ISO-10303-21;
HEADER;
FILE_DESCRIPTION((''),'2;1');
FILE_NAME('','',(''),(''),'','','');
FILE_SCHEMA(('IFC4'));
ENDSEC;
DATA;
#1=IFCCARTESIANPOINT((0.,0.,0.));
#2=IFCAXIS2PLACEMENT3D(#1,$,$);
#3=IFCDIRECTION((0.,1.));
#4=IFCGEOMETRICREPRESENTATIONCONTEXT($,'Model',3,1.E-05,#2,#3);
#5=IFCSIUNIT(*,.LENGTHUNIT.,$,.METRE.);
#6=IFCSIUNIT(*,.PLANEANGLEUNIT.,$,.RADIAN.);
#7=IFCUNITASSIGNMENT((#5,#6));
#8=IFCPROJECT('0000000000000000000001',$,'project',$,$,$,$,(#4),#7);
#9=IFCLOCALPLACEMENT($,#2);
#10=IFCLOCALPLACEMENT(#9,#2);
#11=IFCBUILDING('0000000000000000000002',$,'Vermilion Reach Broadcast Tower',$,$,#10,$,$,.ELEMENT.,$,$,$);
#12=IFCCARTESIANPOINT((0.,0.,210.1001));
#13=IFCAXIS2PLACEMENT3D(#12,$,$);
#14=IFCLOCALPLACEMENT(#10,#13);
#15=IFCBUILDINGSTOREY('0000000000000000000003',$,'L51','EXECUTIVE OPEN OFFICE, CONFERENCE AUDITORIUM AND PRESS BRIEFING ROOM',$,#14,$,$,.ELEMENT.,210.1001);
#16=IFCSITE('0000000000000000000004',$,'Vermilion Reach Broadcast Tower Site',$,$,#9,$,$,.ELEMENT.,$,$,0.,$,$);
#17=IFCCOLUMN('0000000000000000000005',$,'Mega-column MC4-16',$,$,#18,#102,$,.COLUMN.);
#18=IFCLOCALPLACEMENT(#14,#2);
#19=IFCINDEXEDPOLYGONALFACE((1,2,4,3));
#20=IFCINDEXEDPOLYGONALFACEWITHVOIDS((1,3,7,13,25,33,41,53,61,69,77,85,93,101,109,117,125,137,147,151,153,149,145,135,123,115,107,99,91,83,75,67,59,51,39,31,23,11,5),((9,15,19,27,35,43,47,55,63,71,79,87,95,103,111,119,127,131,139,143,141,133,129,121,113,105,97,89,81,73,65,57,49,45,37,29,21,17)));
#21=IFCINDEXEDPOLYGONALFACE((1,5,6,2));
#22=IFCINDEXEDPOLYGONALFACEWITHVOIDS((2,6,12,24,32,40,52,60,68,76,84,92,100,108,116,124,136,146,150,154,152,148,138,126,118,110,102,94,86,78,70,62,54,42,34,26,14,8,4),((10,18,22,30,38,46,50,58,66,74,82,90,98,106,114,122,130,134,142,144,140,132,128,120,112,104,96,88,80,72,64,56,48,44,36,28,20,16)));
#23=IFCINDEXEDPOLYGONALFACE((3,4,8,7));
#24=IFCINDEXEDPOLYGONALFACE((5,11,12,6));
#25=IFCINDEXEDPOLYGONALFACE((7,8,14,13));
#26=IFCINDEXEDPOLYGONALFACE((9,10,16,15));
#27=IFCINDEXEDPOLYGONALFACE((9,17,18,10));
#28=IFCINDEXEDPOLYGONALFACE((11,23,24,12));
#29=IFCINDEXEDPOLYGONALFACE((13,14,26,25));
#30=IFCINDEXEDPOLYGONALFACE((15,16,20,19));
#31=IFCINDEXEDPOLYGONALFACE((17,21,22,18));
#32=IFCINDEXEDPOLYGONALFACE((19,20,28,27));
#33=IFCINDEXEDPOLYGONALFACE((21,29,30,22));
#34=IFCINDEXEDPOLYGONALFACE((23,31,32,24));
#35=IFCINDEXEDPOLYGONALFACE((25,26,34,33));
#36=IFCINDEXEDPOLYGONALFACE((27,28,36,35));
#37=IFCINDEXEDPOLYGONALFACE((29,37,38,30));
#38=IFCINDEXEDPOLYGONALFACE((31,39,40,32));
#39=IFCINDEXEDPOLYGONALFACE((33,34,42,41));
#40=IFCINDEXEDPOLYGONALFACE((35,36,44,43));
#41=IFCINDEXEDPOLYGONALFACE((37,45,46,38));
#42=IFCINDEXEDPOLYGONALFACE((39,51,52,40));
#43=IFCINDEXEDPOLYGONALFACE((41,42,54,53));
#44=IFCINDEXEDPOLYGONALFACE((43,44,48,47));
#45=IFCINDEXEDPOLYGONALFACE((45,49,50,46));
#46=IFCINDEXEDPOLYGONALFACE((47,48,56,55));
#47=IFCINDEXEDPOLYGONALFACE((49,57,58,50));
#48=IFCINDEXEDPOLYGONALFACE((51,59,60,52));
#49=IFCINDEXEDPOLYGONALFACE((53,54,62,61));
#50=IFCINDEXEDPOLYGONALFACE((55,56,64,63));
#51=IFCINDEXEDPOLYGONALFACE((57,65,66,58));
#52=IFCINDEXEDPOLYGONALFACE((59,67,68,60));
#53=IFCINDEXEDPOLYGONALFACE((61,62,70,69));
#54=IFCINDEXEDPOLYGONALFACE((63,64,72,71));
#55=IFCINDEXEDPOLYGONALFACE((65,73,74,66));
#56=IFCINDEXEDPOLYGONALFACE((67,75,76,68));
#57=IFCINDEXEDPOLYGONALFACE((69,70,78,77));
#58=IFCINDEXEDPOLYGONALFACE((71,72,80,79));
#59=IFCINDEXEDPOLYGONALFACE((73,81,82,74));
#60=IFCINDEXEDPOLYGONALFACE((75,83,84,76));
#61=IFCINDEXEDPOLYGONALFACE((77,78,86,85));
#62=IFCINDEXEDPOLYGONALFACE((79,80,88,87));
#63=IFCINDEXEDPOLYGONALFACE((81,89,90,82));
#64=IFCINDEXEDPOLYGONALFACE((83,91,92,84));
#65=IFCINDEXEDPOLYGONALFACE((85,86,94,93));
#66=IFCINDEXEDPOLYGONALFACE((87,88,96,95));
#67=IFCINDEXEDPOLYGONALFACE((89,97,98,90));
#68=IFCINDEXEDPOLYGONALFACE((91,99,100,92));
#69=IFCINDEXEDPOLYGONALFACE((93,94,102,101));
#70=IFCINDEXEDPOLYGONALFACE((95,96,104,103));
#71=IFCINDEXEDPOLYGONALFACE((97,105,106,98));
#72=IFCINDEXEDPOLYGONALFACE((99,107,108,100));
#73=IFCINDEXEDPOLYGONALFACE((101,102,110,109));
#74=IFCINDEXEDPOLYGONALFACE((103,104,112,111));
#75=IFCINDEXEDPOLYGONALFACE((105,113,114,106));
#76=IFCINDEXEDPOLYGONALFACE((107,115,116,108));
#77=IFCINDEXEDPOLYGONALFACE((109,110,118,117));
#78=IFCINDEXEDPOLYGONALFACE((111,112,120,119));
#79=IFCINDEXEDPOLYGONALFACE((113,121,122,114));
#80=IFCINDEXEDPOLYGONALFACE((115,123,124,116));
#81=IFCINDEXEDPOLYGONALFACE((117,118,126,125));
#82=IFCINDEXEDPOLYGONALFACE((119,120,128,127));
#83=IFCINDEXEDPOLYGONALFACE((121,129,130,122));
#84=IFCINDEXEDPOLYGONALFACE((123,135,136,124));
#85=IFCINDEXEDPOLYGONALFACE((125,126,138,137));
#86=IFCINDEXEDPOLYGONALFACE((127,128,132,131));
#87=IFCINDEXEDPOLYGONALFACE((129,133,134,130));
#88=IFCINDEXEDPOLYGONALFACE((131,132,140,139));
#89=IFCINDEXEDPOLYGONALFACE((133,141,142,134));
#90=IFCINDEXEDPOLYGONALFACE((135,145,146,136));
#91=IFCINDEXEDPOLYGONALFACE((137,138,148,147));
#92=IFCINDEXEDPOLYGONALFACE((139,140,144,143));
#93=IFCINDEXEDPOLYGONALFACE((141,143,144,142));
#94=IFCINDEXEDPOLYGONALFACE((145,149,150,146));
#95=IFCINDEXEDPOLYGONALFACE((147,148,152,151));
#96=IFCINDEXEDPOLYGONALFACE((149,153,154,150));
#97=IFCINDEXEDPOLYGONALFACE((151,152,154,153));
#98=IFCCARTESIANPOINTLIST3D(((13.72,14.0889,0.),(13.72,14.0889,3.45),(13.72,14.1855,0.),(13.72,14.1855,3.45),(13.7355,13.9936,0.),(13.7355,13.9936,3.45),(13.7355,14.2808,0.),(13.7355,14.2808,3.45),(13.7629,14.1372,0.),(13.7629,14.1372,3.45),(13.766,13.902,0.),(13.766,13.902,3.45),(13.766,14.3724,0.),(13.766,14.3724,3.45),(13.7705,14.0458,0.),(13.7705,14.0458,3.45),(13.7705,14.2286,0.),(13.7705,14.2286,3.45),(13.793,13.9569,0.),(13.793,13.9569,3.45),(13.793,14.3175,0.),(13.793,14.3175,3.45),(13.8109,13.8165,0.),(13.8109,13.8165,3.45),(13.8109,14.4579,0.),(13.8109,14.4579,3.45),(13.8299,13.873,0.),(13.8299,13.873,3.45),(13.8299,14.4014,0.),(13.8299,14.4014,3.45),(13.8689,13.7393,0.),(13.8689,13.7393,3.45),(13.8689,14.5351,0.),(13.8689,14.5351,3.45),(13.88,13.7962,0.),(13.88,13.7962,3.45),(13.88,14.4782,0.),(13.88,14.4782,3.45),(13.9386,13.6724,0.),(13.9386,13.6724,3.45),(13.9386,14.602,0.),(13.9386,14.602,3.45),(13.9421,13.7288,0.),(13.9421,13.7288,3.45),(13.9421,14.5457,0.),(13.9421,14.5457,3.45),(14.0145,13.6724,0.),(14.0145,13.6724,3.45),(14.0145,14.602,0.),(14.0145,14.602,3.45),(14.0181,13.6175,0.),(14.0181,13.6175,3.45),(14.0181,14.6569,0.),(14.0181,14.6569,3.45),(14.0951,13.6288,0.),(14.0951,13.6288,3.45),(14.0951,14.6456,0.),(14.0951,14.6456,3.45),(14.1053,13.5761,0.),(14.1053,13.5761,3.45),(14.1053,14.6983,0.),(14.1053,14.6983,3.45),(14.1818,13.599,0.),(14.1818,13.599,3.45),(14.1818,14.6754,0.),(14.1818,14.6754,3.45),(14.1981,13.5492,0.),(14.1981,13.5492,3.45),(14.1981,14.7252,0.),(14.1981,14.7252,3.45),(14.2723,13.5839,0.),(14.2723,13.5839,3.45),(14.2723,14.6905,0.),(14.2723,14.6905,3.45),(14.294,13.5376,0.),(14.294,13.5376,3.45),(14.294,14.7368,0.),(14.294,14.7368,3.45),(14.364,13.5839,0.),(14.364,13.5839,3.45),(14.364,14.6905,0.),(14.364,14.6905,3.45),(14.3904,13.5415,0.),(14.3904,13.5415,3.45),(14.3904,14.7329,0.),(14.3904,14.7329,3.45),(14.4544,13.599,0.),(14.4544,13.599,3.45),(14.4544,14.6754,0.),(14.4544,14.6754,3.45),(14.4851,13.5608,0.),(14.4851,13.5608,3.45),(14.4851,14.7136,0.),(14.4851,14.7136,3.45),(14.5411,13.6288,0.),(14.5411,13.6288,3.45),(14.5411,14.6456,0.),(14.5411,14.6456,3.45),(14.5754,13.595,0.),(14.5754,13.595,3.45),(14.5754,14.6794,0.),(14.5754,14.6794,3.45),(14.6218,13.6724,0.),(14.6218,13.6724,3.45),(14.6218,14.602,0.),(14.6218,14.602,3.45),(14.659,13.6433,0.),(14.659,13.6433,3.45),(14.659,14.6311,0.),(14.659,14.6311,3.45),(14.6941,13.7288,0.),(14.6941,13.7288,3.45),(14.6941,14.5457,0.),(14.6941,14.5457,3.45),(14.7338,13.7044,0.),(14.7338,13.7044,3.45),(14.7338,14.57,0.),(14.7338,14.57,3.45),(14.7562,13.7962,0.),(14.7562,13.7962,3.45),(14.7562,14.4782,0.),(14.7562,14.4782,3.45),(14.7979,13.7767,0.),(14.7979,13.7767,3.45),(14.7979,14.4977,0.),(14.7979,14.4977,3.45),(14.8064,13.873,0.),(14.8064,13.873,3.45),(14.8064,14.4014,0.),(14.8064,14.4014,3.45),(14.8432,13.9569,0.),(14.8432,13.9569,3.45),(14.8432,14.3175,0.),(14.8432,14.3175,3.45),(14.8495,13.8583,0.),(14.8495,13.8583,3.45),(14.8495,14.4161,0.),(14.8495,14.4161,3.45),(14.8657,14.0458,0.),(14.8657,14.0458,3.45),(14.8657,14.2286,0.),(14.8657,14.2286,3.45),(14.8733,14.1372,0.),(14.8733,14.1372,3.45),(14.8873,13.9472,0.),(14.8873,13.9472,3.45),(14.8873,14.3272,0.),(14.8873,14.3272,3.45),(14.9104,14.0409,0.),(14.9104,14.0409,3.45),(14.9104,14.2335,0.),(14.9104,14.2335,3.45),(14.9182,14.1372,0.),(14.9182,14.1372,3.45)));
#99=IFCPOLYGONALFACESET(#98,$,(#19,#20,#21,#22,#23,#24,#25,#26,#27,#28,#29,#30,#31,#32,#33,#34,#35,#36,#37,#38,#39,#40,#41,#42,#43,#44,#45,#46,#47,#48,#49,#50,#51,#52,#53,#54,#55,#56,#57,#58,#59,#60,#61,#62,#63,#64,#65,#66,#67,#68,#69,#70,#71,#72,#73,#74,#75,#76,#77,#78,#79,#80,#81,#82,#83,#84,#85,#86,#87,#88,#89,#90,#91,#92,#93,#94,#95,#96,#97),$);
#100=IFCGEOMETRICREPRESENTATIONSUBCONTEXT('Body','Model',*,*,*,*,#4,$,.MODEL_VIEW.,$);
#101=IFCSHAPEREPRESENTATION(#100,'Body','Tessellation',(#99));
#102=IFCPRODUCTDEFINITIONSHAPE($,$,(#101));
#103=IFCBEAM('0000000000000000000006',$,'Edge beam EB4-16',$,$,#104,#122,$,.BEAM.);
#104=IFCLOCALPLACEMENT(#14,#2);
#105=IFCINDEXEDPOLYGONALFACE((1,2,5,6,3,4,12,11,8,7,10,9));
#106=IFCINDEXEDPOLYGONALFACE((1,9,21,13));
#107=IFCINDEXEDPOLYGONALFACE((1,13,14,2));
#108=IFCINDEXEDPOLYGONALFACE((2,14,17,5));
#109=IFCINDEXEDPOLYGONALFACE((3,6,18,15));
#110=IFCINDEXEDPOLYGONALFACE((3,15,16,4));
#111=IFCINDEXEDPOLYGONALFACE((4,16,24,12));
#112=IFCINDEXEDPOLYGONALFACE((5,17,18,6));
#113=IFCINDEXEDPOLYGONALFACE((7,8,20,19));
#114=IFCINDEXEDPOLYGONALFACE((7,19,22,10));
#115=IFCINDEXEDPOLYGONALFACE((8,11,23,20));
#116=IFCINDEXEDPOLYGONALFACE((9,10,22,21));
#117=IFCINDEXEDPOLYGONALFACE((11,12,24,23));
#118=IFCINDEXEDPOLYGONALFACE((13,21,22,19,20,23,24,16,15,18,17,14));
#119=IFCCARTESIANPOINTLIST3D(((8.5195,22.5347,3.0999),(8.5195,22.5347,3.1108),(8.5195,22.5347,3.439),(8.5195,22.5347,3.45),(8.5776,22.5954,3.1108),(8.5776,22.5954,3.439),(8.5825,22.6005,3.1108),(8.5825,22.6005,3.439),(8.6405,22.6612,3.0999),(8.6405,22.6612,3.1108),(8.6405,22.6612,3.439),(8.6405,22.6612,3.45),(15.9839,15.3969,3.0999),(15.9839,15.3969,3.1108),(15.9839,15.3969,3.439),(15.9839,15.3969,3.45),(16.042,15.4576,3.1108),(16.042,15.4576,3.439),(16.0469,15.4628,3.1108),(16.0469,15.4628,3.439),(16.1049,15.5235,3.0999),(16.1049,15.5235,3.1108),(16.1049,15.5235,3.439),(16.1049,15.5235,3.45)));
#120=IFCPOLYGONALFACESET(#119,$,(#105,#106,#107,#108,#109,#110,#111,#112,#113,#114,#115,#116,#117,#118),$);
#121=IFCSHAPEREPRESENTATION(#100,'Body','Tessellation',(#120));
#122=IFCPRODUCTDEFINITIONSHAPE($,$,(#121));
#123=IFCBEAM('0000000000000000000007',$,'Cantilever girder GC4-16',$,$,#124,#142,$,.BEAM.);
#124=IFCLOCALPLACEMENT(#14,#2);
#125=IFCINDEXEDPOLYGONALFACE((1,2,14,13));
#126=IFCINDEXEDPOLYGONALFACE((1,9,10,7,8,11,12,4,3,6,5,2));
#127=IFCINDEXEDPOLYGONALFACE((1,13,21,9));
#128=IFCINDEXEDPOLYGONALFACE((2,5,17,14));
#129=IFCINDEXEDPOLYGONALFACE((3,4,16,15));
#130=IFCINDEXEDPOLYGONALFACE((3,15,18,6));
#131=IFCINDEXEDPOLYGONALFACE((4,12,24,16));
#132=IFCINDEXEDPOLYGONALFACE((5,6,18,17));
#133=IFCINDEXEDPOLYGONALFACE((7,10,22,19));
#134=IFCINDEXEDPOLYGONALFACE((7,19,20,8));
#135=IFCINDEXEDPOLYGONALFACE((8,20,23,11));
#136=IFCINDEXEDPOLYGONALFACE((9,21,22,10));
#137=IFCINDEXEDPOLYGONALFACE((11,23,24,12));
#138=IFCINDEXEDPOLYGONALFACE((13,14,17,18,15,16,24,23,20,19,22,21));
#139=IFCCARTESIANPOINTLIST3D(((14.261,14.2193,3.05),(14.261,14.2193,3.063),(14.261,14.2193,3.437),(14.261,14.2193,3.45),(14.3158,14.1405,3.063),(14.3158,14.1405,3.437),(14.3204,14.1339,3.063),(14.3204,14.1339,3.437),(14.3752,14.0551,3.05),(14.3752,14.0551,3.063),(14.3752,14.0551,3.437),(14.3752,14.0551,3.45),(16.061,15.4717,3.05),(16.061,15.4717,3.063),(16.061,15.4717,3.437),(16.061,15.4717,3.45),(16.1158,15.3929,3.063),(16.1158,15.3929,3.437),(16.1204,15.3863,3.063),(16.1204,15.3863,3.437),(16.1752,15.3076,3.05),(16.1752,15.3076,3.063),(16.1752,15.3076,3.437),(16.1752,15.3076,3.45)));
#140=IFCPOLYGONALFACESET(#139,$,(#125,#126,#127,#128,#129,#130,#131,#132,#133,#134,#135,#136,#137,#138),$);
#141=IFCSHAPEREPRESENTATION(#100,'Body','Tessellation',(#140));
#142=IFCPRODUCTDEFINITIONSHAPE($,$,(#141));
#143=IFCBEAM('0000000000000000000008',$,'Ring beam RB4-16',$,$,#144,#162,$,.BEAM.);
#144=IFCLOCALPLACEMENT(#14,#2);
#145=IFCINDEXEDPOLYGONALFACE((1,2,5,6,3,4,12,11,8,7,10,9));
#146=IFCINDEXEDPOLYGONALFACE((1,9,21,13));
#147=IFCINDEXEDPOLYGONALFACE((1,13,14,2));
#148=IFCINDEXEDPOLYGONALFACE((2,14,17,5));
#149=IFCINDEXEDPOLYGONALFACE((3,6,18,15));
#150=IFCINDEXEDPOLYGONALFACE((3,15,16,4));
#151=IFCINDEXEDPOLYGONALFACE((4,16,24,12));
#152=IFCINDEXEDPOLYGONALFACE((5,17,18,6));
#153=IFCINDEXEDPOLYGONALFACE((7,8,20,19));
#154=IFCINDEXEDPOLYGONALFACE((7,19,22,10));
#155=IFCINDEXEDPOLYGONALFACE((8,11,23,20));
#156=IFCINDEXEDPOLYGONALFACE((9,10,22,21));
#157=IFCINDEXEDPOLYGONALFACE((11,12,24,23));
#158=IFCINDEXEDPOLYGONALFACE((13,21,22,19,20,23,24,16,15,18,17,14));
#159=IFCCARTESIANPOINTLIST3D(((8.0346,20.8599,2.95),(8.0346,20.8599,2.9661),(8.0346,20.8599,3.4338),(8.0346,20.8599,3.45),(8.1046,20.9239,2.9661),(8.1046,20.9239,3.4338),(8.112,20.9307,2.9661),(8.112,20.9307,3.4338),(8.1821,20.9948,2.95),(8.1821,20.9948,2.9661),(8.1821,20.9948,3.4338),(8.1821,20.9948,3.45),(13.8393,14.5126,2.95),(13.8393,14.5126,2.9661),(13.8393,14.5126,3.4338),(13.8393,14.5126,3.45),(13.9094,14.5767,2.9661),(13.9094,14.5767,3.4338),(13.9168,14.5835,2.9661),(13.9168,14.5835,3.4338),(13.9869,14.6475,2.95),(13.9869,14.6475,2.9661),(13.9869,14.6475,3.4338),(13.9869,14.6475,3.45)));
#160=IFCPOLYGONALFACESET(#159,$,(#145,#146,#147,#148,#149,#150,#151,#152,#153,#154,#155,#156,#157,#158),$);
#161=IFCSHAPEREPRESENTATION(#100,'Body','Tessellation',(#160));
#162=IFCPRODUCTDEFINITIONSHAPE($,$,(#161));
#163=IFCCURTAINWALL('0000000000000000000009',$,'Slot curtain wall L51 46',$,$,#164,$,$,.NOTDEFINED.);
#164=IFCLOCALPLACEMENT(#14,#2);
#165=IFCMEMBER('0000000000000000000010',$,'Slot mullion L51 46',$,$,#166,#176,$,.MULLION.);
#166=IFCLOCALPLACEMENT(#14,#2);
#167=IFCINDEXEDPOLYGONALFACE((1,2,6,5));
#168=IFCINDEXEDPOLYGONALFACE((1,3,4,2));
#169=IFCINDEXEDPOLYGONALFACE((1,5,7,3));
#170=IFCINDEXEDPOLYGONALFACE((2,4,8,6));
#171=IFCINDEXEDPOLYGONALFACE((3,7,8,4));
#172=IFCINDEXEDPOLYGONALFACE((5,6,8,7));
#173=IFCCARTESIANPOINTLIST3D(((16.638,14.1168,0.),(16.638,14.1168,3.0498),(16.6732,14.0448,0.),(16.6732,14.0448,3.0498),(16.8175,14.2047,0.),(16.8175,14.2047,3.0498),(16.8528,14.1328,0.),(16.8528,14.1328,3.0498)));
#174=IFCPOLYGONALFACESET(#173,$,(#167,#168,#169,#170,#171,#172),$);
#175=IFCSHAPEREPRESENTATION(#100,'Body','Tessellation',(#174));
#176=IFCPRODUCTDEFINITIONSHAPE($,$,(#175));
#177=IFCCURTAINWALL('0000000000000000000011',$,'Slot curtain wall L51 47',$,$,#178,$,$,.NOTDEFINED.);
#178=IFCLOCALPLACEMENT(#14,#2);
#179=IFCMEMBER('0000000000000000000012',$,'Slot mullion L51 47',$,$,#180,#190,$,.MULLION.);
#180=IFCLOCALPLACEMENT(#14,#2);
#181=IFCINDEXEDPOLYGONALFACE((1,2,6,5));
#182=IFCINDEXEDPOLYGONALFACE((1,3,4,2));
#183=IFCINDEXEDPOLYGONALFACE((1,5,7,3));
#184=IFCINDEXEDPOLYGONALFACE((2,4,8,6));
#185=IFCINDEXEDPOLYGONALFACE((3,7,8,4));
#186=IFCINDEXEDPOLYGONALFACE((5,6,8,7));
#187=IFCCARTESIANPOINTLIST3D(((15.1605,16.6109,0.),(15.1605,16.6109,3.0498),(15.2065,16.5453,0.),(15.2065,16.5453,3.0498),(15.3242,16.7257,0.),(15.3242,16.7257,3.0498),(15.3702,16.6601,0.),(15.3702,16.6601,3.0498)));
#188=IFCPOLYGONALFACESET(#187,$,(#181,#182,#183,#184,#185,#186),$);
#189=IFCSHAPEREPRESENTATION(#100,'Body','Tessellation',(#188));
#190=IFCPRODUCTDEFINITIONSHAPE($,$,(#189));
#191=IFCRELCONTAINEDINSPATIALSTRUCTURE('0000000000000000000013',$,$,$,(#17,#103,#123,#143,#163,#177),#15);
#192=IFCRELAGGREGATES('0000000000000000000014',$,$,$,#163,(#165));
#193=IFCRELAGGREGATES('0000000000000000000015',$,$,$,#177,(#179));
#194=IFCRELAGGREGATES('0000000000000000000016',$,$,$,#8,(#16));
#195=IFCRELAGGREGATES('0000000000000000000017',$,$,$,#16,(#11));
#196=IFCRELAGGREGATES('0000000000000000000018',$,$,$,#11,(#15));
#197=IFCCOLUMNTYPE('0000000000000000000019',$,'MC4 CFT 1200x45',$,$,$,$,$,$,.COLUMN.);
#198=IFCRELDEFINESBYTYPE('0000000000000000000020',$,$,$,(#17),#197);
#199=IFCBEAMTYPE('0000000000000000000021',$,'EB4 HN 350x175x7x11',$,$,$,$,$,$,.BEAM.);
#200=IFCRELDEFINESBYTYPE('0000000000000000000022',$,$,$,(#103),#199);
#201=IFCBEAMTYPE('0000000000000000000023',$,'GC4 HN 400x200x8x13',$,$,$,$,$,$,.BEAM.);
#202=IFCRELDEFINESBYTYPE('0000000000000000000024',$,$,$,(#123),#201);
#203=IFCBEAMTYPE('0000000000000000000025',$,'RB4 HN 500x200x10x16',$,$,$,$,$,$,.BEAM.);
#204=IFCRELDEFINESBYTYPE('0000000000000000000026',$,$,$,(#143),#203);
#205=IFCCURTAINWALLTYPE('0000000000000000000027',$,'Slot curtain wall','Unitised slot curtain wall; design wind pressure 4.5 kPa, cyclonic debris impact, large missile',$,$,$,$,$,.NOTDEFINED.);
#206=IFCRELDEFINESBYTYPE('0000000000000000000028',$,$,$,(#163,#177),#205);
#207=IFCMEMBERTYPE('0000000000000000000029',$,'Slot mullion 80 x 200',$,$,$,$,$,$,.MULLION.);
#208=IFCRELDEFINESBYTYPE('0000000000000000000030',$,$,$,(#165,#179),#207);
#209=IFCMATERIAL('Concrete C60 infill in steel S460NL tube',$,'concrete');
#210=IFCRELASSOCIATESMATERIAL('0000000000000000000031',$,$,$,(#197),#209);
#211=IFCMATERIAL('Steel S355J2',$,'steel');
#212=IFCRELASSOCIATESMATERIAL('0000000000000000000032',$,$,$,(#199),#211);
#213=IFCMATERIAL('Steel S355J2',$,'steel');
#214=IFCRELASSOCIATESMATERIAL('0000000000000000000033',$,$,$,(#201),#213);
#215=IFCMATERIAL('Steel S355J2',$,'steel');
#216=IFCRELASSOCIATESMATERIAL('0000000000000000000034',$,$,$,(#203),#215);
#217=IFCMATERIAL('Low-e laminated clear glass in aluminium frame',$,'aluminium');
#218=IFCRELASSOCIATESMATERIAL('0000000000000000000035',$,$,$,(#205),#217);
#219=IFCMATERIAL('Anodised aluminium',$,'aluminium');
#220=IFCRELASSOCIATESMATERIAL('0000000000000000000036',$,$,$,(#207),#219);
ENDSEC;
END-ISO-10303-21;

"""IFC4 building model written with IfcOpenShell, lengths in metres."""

from ifc_helpers import new_model, si_unit, direction, frame, origin, origin_2d, place, context, subcontext, project, spatial, rectangle, hollow_circle, i_section, extrude, material, material_profile, profile_set, type_object, element, aggregate, save


model = new_model("IFC4")

# Units and contexts
model_context = context("Model", 3, precision=1e-05, world=origin(), true_north=direction((0.0, 1.0)))
body_context = subcontext(model_context, "Body", "Model", "MODEL_VIEW")
ifc_project = project(units=[si_unit("LENGTHUNIT", "METRE"), si_unit("PLANEANGLEUNIT", "RADIAN")], contexts=[model_context])

# Site, building, storey
site_placement = place(None, origin())
site = spatial("IfcSite", under=ifc_project, at=site_placement, Name="Vermilion Reach Broadcast Tower Site", CompositionType="ELEMENT", RefElevation=0.0)
building_placement = place(site_placement, origin())
building = spatial("IfcBuilding", under=site, at=building_placement, Name="Vermilion Reach Broadcast Tower", CompositionType="ELEMENT")
storey_placement = place(building_placement, frame((0.0, 0.0, 210.1001)))
storey = spatial("IfcBuildingStorey", under=building, at=storey_placement, Name="L51", Description="EXECUTIVE OPEN OFFICE, CONFERENCE AUDITORIUM AND PRESS BRIEFING ROOM", CompositionType="ELEMENT", Elevation=210.1001)

# Column
ifc_material_1 = material(Name="Concrete C60 infill in steel S460NL tube", Category="concrete")
ifc_material_profile_1 = material_profile(ifc_material_1, hollow_circle(Radius=0.6001, WallThickness=0.0449, at=origin_2d()), Name="Concrete C60 infill in steel S460NL tube CFT 1200x45")
ifc_profile_set_1 = profile_set([ifc_material_profile_1], Name="Concrete C60 infill in steel S460NL tube")
column_type = type_object("IfcColumnType", Name="MC4 CFT 1200x45", PredefinedType="COLUMN", material=ifc_profile_set_1)
column_placement = place(storey_placement, frame((14.3181, 14.1372, 0.0), z_axis=(0.0, 0.0, 1.0), x_axis=(1.0, 0.0, 0.0)))
element("IfcColumn", 1, at=column_placement, inside=storey, type_object=column_type, Name="Mega-column MC4-16", PredefinedType="COLUMN", context=body_context, shape_type="SweptSolid", body=[
    extrude(hollow_circle(Radius=0.6001, WallThickness=0.0449, at=origin_2d()), origin(), (0.0, 0.0, 1.0), 3.45),
])

# Beams
ifc_material_2 = material(Name="Steel S355J2", Category="steel")
ifc_material_profile_2 = material_profile(ifc_material_2, i_section(OverallWidth=0.175, OverallDepth=0.3501, WebThickness=0.0071, FlangeThickness=0.011, at=origin_2d()), Name="S355J2 HN 350x175x7x11")
ifc_profile_set_2 = profile_set([ifc_material_profile_2], Name="Steel S355J2")
beam_type_1 = type_object("IfcBeamType", Name="EB4 HN 350x175x7x11", PredefinedType="BEAM", material=ifc_profile_set_2)
beam_1_placement = place(storey_placement, frame((16.0444, 15.4602, 3.2749), z_axis=(-0.722745, 0.691115, 0.0), x_axis=(-0.691115, -0.722745, 0.0)))
element("IfcBeam", 2, at=beam_1_placement, inside=storey, type_object=beam_type_1, Name="Edge beam EB4-16", PredefinedType="BEAM", context=body_context, shape_type="SweptSolid", body=[
    extrude(i_section(OverallWidth=0.175, OverallDepth=0.3501, WebThickness=0.0071, FlangeThickness=0.011, at=origin_2d()), origin(), (0.0, 0.0, 1.0), 10.3279),
])
ifc_material_3 = material(Name="Steel S355J2", Category="steel")
ifc_material_profile_3 = material_profile(ifc_material_3, i_section(OverallWidth=0.2, OverallDepth=0.3999, WebThickness=0.0081, FlangeThickness=0.0129, at=origin_2d()), Name="S355J2 HN 400x200x8x13")
ifc_profile_set_3 = profile_set([ifc_material_profile_3], Name="Steel S355J2")
beam_type_2 = type_object("IfcBeamType", Name="GC4 HN 400x200x8x13", PredefinedType="BEAM", material=ifc_profile_set_3)
beam_2_placement = place(storey_placement, frame((14.3181, 14.1372, 3.25), z_axis=(0.820855, 0.571136, 0.0), x_axis=(-0.571136, 0.820855, 0.0)))
element("IfcBeam", 3, at=beam_2_placement, inside=storey, type_object=beam_type_2, Name="Cantilever girder GC4-16", PredefinedType="BEAM", context=body_context, shape_type="SweptSolid", body=[
    extrude(i_section(OverallWidth=0.2, OverallDepth=0.3999, WebThickness=0.0081, FlangeThickness=0.0129, at=origin_2d()), origin(), (0.0, 0.0, 1.0), 2.1929),
])
ifc_material_4 = material(Name="Steel S355J2", Category="steel")
ifc_material_profile_4 = material_profile(ifc_material_4, i_section(OverallWidth=0.2, OverallDepth=0.5, WebThickness=0.01, FlangeThickness=0.0161, at=origin_2d()), Name="S355J2 HN 500x200x10x16")
ifc_profile_set_4 = profile_set([ifc_material_profile_4], Name="Steel S355J2")
beam_type_3 = type_object("IfcBeamType", Name="RB4 HN 500x200x10x16", PredefinedType="BEAM", material=ifc_profile_set_4)
beam_3_placement = place(storey_placement, frame((13.9131, 14.5801, 3.2), z_axis=(-0.674868, 0.737938, 0.0), x_axis=(-0.737938, -0.674868, 0.0)))
element("IfcBeam", 4, at=beam_3_placement, inside=storey, type_object=beam_type_3, Name="Ring beam RB4-16", PredefinedType="BEAM", context=body_context, shape_type="SweptSolid", body=[
    extrude(i_section(OverallWidth=0.2, OverallDepth=0.5, WebThickness=0.01, FlangeThickness=0.0161, at=origin_2d()), origin(), (0.0, 0.0, 1.0), 8.6013),
])

# Curtain walls, members
ifc_material_5 = material(Name="Low-e laminated clear glass in aluminium frame", Category="aluminium")
curtain_wall_type = type_object("IfcCurtainWallType", Name="Slot curtain wall", Description="Unitised slot curtain wall; design wind pressure 4.5 kPa, cyclonic debris impact, large missile", PredefinedType="NOTDEFINED", material=ifc_material_5)
placement = place(storey_placement, origin())
curtain_wall_1 = element("IfcCurtainWall", 5, at=placement, inside=storey, type_object=curtain_wall_type, Name="Slot curtain wall L51 46", PredefinedType="NOTDEFINED")
ifc_material_6 = material(Name="Anodised aluminium", Category="aluminium")
ifc_material_profile_5 = material_profile(ifc_material_6, rectangle(XDim=0.2, YDim=0.0801, at=origin_2d()), Name="Slot mullion 80 x 200")
ifc_profile_set_5 = profile_set([ifc_material_profile_5], Name="Anodised aluminium")
member_type_1 = type_object("IfcMemberType", Name="Slot mullion 80 x 200", PredefinedType="MULLION", material=ifc_profile_set_5)
member_1_placement = place(storey_placement, frame((16.7454, 14.1248, 0.0), z_axis=(0.0, 0.0, 1.0), x_axis=(-0.898131, -0.439728, 0.0)))
member_1 = element("IfcMember", 6, at=member_1_placement, type_object=member_type_1, Name="Slot mullion L51 46", PredefinedType="MULLION", context=body_context, shape_type="SweptSolid", body=[
    extrude(rectangle(XDim=0.2, YDim=0.0801, at=origin_2d()), origin(), (0.0, 0.0, 1.0), 3.0498),
])
curtain_wall_2 = element("IfcCurtainWall", 7, at=placement, inside=storey, type_object=curtain_wall_type, Name="Slot curtain wall L51 47", PredefinedType="NOTDEFINED")
member_2_placement = place(storey_placement, frame((15.2654, 16.6355, 0.0), z_axis=(0.0, 0.0, 1.0), x_axis=(-0.81864, -0.574307, 0.0)))
member_2 = element("IfcMember", 8, at=member_2_placement, type_object=member_type_1, Name="Slot mullion L51 47", PredefinedType="MULLION", context=body_context, shape_type="SweptSolid", body=[
    extrude(rectangle(XDim=0.2, YDim=0.0801, at=origin_2d()), origin(), (0.0, 0.0, 1.0), 3.0498),
])

aggregate(curtain_wall_1, [member_1])
aggregate(curtain_wall_2, [member_2])

save(model, "model.ifc")
